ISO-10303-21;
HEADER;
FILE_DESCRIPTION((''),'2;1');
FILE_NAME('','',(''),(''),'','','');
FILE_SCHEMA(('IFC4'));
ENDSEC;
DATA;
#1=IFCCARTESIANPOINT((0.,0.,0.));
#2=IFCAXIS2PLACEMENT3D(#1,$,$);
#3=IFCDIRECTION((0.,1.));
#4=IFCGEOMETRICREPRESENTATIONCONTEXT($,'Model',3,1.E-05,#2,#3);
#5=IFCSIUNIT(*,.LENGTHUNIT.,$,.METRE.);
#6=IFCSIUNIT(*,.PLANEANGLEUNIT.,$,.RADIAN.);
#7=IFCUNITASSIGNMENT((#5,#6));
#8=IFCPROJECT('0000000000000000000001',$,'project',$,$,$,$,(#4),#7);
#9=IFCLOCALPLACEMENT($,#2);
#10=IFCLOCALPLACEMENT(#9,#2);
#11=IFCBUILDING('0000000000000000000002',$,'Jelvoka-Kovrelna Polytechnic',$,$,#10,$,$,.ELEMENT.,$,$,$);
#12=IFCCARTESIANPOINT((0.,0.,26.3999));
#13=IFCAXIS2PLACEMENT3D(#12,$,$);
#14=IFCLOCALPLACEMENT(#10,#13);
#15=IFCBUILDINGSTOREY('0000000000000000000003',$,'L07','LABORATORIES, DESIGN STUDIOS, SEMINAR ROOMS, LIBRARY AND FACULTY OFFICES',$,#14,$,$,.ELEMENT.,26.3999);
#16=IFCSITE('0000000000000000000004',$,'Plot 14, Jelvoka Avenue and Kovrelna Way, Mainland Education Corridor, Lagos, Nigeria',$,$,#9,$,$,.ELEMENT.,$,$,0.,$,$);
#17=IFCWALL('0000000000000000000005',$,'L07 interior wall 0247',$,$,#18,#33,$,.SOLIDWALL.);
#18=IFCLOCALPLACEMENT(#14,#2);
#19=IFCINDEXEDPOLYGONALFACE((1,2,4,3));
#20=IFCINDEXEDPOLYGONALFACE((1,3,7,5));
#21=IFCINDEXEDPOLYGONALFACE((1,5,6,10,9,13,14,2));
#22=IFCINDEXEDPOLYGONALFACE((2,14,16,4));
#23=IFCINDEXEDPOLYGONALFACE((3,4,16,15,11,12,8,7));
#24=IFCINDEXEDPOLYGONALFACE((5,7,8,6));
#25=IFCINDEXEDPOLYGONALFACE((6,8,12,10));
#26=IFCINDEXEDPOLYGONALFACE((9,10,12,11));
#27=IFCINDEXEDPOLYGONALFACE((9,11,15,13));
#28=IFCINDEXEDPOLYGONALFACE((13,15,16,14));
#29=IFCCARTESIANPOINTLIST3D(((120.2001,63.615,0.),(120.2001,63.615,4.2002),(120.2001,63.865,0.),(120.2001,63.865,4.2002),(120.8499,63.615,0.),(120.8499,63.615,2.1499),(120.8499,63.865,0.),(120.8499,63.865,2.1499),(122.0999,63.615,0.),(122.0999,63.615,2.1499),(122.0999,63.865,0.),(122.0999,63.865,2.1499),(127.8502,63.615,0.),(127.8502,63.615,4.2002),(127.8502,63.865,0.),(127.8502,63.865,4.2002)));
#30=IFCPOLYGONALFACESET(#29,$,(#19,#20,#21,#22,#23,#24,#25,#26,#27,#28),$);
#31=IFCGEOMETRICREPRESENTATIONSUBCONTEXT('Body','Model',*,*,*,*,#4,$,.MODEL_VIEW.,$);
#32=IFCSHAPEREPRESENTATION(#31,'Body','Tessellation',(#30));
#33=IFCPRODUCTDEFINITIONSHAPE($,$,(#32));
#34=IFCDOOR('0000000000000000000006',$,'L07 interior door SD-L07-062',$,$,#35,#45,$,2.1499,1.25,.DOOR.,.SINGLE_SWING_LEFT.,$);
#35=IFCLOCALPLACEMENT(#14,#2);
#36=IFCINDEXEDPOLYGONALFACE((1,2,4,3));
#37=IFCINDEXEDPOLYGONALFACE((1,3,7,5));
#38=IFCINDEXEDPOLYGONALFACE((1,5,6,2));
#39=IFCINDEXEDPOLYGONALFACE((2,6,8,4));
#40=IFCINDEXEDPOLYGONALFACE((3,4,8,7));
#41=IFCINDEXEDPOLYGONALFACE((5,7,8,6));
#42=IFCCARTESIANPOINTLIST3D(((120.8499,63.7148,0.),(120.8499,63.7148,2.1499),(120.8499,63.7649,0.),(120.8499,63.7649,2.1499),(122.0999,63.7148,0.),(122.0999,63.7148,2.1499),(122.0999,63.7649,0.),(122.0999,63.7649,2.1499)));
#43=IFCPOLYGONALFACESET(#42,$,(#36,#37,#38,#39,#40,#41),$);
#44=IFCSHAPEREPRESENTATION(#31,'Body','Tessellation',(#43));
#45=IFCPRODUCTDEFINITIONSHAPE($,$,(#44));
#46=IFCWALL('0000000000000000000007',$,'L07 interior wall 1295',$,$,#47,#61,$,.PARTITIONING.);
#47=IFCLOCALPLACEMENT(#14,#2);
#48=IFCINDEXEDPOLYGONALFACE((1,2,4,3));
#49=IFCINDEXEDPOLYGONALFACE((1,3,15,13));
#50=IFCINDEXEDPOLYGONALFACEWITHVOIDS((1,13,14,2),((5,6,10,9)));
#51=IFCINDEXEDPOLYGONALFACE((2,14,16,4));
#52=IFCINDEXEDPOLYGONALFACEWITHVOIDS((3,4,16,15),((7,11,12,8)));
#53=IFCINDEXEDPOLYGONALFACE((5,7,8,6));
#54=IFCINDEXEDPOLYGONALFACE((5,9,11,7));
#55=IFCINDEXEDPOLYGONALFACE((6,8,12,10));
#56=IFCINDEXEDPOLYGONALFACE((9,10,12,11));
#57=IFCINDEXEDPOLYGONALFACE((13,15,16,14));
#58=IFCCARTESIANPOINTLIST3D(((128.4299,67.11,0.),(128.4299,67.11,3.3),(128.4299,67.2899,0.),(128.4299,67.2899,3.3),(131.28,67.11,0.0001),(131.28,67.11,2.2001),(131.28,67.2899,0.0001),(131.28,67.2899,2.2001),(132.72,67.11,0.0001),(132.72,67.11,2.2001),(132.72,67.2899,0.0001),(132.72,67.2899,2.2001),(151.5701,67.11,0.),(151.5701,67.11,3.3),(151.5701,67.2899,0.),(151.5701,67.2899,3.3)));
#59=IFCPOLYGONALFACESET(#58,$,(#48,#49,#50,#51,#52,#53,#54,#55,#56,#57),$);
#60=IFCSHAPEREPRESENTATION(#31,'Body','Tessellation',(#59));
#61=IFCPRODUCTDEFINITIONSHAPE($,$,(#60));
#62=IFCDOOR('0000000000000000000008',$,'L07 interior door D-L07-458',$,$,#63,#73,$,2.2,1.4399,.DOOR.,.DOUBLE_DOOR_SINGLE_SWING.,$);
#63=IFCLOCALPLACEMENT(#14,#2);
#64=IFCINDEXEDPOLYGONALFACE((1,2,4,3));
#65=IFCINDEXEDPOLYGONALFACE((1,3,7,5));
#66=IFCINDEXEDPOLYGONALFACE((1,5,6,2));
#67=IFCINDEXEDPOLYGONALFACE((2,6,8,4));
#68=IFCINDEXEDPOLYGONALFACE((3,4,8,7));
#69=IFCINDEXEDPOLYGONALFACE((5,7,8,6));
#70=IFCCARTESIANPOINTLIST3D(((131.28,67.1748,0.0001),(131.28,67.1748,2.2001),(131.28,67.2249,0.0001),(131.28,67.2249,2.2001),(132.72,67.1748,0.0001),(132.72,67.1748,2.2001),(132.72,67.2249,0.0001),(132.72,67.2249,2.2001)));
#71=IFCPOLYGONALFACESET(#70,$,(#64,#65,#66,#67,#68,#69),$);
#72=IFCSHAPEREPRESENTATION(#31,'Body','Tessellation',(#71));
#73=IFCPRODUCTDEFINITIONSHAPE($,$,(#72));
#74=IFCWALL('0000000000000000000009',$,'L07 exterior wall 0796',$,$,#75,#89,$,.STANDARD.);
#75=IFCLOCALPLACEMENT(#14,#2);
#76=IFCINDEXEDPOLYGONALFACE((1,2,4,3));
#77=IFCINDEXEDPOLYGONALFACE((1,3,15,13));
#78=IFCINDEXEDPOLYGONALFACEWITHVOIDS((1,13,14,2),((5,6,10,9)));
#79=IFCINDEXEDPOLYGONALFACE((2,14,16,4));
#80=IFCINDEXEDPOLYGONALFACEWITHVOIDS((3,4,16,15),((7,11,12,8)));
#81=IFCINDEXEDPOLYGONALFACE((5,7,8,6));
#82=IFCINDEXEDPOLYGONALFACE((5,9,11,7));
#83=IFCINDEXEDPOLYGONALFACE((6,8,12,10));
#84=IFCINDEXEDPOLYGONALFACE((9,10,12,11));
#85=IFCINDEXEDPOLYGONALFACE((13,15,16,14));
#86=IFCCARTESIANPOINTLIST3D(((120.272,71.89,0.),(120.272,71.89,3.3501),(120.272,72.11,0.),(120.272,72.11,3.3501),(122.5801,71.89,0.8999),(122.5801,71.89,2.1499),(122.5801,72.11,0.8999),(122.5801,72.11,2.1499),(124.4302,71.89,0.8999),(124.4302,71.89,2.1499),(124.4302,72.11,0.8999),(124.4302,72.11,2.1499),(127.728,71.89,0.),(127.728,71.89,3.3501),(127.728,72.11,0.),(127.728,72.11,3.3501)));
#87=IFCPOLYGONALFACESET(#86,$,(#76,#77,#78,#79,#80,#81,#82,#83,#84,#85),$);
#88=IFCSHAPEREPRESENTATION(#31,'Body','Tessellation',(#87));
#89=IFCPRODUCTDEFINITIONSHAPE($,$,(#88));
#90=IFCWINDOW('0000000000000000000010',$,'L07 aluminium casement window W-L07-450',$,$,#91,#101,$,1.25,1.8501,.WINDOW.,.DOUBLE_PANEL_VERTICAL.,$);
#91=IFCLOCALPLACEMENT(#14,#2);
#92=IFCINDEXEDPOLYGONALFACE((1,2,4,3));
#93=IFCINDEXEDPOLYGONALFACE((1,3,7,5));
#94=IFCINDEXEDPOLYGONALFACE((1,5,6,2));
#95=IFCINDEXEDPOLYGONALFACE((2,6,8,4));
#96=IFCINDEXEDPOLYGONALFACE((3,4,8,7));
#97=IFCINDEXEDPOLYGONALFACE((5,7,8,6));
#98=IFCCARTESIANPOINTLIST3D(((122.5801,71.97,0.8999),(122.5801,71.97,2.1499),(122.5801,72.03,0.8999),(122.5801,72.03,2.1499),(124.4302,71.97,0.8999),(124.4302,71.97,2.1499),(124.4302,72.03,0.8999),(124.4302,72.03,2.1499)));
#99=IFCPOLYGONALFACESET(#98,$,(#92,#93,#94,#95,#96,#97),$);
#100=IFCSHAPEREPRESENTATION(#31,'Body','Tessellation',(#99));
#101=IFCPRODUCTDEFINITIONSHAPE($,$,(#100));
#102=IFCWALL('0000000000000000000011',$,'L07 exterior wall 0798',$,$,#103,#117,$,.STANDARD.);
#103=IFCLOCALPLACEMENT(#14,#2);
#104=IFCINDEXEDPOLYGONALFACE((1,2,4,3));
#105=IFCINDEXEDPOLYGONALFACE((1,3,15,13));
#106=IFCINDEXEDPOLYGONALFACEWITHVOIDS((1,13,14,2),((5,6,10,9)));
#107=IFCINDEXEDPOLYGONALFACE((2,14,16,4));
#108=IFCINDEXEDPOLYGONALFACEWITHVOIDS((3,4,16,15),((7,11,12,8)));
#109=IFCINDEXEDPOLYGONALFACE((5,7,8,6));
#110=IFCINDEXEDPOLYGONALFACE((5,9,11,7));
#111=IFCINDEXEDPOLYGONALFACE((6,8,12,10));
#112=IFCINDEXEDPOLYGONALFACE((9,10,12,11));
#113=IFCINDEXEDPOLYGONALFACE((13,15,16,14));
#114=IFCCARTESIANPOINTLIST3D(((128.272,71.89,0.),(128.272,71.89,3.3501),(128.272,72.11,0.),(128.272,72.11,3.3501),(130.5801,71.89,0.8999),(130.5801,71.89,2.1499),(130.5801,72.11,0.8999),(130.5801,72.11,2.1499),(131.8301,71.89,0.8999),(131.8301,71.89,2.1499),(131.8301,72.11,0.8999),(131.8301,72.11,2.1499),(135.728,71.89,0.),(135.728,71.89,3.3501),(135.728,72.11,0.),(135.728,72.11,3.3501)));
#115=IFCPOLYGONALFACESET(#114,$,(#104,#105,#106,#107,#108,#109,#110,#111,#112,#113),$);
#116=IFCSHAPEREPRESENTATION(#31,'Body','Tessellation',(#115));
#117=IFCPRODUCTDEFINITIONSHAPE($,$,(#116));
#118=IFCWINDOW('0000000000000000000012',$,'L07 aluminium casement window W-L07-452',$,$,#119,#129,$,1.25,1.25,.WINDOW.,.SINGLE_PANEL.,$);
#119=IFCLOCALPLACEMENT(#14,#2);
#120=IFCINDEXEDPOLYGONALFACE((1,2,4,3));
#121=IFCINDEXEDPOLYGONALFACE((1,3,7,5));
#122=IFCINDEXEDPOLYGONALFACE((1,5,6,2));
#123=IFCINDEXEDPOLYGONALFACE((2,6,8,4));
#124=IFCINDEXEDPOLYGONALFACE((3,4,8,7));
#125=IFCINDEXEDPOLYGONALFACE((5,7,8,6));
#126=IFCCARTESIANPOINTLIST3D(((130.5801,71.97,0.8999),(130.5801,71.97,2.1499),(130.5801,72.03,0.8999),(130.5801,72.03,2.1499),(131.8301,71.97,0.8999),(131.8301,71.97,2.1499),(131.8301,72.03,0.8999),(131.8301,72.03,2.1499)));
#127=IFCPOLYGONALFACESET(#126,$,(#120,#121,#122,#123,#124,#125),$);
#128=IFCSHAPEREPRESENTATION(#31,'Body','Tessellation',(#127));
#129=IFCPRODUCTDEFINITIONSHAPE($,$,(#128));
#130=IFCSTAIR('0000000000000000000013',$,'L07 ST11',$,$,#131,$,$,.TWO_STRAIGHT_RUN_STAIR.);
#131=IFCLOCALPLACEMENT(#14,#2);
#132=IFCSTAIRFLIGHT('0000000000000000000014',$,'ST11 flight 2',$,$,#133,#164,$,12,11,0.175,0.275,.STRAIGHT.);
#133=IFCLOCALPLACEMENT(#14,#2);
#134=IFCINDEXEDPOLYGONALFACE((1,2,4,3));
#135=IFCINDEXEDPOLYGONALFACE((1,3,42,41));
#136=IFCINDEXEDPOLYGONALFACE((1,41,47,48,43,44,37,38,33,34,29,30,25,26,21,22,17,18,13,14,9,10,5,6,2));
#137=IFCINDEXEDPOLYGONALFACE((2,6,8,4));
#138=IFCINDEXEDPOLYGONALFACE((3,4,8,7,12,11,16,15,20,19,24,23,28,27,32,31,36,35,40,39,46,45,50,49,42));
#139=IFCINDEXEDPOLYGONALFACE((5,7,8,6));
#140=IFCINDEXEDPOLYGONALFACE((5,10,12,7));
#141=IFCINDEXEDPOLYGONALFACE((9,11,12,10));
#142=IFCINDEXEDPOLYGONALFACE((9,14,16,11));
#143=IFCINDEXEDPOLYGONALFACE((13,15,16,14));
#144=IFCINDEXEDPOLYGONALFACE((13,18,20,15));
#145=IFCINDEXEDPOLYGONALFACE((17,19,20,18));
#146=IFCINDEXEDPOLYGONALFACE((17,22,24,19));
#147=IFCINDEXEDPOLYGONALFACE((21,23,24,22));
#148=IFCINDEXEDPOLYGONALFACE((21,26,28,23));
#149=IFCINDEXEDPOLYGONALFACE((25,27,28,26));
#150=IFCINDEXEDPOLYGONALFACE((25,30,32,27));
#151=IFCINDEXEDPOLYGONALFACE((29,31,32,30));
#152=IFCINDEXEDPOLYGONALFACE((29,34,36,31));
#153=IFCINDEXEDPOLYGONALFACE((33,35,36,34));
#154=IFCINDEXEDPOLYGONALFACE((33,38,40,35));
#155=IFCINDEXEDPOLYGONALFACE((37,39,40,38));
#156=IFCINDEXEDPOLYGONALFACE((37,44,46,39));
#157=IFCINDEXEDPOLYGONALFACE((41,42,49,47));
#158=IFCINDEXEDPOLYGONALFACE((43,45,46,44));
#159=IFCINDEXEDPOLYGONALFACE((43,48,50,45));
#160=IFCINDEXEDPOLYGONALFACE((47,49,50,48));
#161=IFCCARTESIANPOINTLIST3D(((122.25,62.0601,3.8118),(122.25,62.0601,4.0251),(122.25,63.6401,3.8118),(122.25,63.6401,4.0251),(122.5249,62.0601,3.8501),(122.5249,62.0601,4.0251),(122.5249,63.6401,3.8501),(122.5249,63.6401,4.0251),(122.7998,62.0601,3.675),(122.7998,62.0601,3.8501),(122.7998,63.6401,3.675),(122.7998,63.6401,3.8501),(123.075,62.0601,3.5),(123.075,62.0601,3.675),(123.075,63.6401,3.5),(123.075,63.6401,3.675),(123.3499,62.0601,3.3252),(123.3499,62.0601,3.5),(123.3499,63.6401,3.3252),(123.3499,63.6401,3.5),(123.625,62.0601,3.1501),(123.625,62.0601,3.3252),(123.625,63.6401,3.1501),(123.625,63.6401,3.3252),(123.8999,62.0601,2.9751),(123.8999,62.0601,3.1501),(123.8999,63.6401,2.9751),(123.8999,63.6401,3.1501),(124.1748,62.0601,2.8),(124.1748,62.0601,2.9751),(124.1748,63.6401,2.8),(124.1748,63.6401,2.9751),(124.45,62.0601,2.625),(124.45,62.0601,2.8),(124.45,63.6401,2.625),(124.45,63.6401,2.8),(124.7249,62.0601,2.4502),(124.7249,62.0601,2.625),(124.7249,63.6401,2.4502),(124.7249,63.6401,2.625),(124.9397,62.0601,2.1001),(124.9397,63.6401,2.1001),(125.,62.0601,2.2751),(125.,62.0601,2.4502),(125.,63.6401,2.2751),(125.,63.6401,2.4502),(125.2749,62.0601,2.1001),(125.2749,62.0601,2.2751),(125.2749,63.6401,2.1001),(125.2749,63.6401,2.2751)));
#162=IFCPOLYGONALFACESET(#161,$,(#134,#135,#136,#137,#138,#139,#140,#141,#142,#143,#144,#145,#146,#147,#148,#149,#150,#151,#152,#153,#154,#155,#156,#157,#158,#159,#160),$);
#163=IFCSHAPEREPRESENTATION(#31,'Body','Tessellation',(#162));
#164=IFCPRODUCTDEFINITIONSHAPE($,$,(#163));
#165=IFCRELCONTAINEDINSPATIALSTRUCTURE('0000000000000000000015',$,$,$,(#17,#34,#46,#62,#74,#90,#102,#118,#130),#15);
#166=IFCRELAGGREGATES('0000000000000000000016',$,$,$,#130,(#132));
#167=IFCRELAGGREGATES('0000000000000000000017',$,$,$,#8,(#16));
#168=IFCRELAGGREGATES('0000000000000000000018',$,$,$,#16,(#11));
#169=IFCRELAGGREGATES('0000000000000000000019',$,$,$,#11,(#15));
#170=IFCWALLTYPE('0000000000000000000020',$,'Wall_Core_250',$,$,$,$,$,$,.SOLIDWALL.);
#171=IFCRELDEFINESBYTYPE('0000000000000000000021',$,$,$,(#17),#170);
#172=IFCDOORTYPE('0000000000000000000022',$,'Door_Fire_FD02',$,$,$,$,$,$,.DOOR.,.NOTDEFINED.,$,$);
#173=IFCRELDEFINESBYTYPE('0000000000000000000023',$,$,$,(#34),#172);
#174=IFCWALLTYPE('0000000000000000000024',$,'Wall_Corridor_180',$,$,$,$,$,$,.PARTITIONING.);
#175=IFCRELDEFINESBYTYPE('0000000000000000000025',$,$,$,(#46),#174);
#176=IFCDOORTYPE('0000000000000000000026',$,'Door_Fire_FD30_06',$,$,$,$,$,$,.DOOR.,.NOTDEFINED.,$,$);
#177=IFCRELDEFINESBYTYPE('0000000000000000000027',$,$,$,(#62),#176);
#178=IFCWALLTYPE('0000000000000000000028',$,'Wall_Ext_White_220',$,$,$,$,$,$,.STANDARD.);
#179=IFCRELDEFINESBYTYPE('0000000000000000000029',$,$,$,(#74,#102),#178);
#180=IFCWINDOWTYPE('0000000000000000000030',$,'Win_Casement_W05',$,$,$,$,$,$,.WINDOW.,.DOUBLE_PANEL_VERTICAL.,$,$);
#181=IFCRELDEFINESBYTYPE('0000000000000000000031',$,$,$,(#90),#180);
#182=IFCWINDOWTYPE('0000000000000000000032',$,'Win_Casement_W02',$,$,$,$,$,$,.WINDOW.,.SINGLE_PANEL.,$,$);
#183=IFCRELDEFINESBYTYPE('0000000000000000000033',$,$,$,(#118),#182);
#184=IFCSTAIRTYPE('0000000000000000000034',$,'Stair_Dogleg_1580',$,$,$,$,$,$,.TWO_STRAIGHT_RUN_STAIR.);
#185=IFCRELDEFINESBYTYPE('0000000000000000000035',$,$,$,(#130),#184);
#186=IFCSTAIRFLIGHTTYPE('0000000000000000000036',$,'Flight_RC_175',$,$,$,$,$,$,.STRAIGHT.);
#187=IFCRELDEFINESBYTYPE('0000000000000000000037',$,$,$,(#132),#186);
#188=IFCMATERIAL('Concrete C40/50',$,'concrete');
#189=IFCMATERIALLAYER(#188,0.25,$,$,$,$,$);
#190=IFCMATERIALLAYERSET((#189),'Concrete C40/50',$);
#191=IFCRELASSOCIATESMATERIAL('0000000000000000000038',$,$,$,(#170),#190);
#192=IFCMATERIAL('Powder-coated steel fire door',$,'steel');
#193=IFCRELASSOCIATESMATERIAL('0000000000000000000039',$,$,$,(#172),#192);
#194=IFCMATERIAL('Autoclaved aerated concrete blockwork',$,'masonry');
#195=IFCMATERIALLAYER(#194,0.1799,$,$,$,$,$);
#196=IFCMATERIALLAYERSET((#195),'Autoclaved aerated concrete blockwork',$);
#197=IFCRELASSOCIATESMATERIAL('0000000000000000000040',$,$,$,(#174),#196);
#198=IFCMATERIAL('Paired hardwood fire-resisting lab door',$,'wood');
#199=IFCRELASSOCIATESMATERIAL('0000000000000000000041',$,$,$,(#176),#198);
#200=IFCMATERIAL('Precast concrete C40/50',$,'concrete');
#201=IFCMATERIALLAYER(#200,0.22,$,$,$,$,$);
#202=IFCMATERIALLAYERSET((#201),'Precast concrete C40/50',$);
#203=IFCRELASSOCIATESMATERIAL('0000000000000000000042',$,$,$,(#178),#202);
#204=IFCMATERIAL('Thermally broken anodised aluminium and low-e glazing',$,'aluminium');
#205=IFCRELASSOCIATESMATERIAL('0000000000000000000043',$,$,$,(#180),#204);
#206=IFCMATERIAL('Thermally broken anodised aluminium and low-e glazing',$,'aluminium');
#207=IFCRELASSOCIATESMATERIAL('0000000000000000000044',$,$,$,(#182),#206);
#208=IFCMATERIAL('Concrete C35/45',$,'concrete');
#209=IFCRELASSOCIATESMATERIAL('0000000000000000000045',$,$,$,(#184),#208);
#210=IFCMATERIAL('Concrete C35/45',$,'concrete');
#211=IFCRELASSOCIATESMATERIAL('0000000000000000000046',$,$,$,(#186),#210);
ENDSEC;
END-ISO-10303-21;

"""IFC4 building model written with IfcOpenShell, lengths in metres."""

from ifc_helpers import new_model, si_unit, direction, frame, frame_2d, origin, place, context, subcontext, project, spatial, polyline, rectangle, outline, extrude, material, layer, layer_set, type_object, element, fill, aggregate, save


model = new_model("IFC4")

# Units and contexts
model_context = context("Model", 3, precision=1e-05, world=origin(), true_north=direction((0.0, 1.0)))
body_context = subcontext(model_context, "Body", "Model", "MODEL_VIEW")
ifc_project = project(units=[si_unit("LENGTHUNIT", "METRE"), si_unit("PLANEANGLEUNIT", "RADIAN")], contexts=[model_context])

# Site, building, storey
site_placement = place(None, origin())
site = spatial("IfcSite", under=ifc_project, at=site_placement, Name="Plot 14, Jelvoka Avenue and Kovrelna Way, Mainland Education Corridor, Lagos, Nigeria", CompositionType="ELEMENT", RefElevation=0.0)
building_placement = place(site_placement, origin())
building = spatial("IfcBuilding", under=site, at=building_placement, Name="Jelvoka-Kovrelna Polytechnic", CompositionType="ELEMENT")
storey_placement = place(building_placement, frame((0.0, 0.0, 26.3999)))
storey = spatial("IfcBuildingStorey", under=building, at=storey_placement, Name="L07", Description="LABORATORIES, DESIGN STUDIOS, SEMINAR ROOMS, LIBRARY AND FACULTY OFFICES", CompositionType="ELEMENT", Elevation=26.3999)

# Walls, openings, doors
ifc_material_1 = material(Name="Concrete C40/50", Category="concrete")
ifc_layer_1 = layer(ifc_material_1, 0.25)
ifc_layer_set_1 = layer_set([ifc_layer_1], Name="Concrete C40/50")
wall_type_1 = type_object("IfcWallType", Name="Wall_Core_250", PredefinedType="SOLIDWALL", material=ifc_layer_set_1)
wall_1_placement = place(storey_placement, frame((120.2, 63.74, 0.0), z_axis=(0.0, 0.0, 1.0), x_axis=(1.0, 0.0, 0.0)))
wall_1 = element("IfcWall", 1, at=wall_1_placement, inside=storey, type_object=wall_type_1, Name="L07 interior wall 0247", PredefinedType="SOLIDWALL", context=body_context, shape_type="SweptSolid", body=[
    extrude(rectangle(XDim=7.6501, YDim=0.25, at=frame_2d((3.8252, 0.0))), origin(), (0.0, 0.0, 1.0), 4.2002),
])
opening_1_placement = place(wall_1_placement, frame((0.6499, 0.0, 0.0)))
opening_1 = element("IfcOpeningElement", 2, at=opening_1_placement, cuts=wall_1, PredefinedType="OPENING", context=body_context, shape_type="SweptSolid", body=[
    extrude(rectangle(XDim=1.25, YDim=2.1499, at=frame_2d((0.625, 1.075))), frame((0.0, 0.135, 0.0), z_axis=(0.0, -1.0, 0.0), x_axis=(1.0, 0.0, 0.0)), (0.0, 0.0, 1.0), 0.27),
])
ifc_material_2 = material(Name="Powder-coated steel fire door", Category="steel")
door_type_1 = type_object("IfcDoorType", Name="Door_Fire_FD02", OperationType="NOTDEFINED", PredefinedType="DOOR", material=ifc_material_2)
door_1_placement = place(opening_1_placement, origin())
door_1 = element("IfcDoor", 3, at=door_1_placement, inside=storey, type_object=door_type_1, Name="L07 interior door SD-L07-062", OperationType="SINGLE_SWING_LEFT", OverallHeight=2.1499, OverallWidth=1.25, PredefinedType="DOOR", context=body_context, shape_type="SweptSolid", body=[
    extrude(rectangle(XDim=1.25, YDim=2.1499, at=frame_2d((0.625, 1.075))), frame((0.0, 0.0249, 0.0), z_axis=(0.0, -1.0, 0.0), x_axis=(1.0, 0.0, 0.0)), (0.0, 0.0, 1.0), 0.05),
])
fill(opening_1, door_1)
ifc_material_3 = material(Name="Autoclaved aerated concrete blockwork", Category="masonry")
ifc_layer_2 = layer(ifc_material_3, 0.1799)
ifc_layer_set_2 = layer_set([ifc_layer_2], Name="Autoclaved aerated concrete blockwork")
wall_type_2 = type_object("IfcWallType", Name="Wall_Corridor_180", PredefinedType="PARTITIONING", material=ifc_layer_set_2)
wall_2_placement = place(storey_placement, frame((128.4299, 67.2, 0.0), z_axis=(0.0, 0.0, 1.0), x_axis=(1.0, 0.0, 0.0)))
wall_2 = element("IfcWall", 4, at=wall_2_placement, inside=storey, type_object=wall_type_2, Name="L07 interior wall 1295", PredefinedType="PARTITIONING", context=body_context, shape_type="SweptSolid", body=[
    extrude(rectangle(XDim=23.1401, YDim=0.1799, at=frame_2d((11.5701, 0.0))), origin(), (0.0, 0.0, 1.0), 3.3),
])
opening_2_placement = place(wall_2_placement, frame((2.8501, 0.0, 0.0)))
opening_2 = element("IfcOpeningElement", 5, at=opening_2_placement, cuts=wall_2, PredefinedType="OPENING", context=body_context, shape_type="SweptSolid", body=[
    extrude(rectangle(XDim=1.4399, YDim=2.2, at=frame_2d((0.72, 1.1001))), frame((0.0, 0.0999, 0.0), z_axis=(0.0, -1.0, 0.0), x_axis=(1.0, 0.0, 0.0)), (0.0, 0.0, 1.0), 0.2),
])
ifc_material_4 = material(Name="Paired hardwood fire-resisting lab door", Category="wood")
door_type_2 = type_object("IfcDoorType", Name="Door_Fire_FD30_06", OperationType="NOTDEFINED", PredefinedType="DOOR", material=ifc_material_4)
door_2_placement = place(opening_2_placement, origin())
door_2 = element("IfcDoor", 6, at=door_2_placement, inside=storey, type_object=door_type_2, Name="L07 interior door D-L07-458", OperationType="DOUBLE_DOOR_SINGLE_SWING", OverallHeight=2.2, OverallWidth=1.4399, PredefinedType="DOOR", context=body_context, shape_type="SweptSolid", body=[
    extrude(rectangle(XDim=1.4399, YDim=2.2, at=frame_2d((0.72, 1.1001))), frame((0.0, 0.0249, 0.0), z_axis=(0.0, -1.0, 0.0), x_axis=(1.0, 0.0, 0.0)), (0.0, 0.0, 1.0), 0.05),
])
fill(opening_2, door_2)

# Walls, openings, windows
ifc_material_5 = material(Name="Precast concrete C40/50", Category="concrete")
ifc_layer_3 = layer(ifc_material_5, 0.22)
ifc_layer_set_3 = layer_set([ifc_layer_3], Name="Precast concrete C40/50")
wall_type_3 = type_object("IfcWallType", Name="Wall_Ext_White_220", PredefinedType="STANDARD", material=ifc_layer_set_3)
wall_3_placement = place(storey_placement, frame((120.272, 72.0, 0.0), z_axis=(0.0, 0.0, 1.0), x_axis=(1.0, 0.0, 0.0)))
wall_3 = element("IfcWall", 7, at=wall_3_placement, inside=storey, type_object=wall_type_3, Name="L07 exterior wall 0796", PredefinedType="STANDARD", context=body_context, shape_type="SweptSolid", body=[
    extrude(rectangle(XDim=7.4561, YDim=0.22, at=frame_2d((3.728, 0.0))), origin(), (0.0, 0.0, 1.0), 3.3501),
])
opening_3_placement = place(wall_3_placement, frame((2.3081, 0.0, 0.8999)))
opening_3 = element("IfcOpeningElement", 8, at=opening_3_placement, cuts=wall_3, PredefinedType="OPENING", context=body_context, shape_type="SweptSolid", body=[
    extrude(rectangle(XDim=1.8501, YDim=1.25, at=frame_2d((0.925, 0.625))), frame((0.0, 0.1199, 0.0), z_axis=(0.0, -1.0, 0.0), x_axis=(1.0, 0.0, 0.0)), (0.0, 0.0, 1.0), 0.24),
])
ifc_material_6 = material(Name="Thermally broken anodised aluminium and low-e glazing", Category="aluminium")
window_type_1 = type_object("IfcWindowType", Name="Win_Casement_W05", PartitioningType="DOUBLE_PANEL_VERTICAL", PredefinedType="WINDOW", material=ifc_material_6)
window_1_placement = place(opening_3_placement, origin())
window_1 = element("IfcWindow", 9, at=window_1_placement, inside=storey, type_object=window_type_1, Name="L07 aluminium casement window W-L07-450", OverallHeight=1.25, OverallWidth=1.8501, PartitioningType="DOUBLE_PANEL_VERTICAL", PredefinedType="WINDOW", context=body_context, shape_type="SweptSolid", body=[
    extrude(rectangle(XDim=1.8501, YDim=1.25, at=frame_2d((0.925, 0.625))), frame((0.0, 0.03, 0.0), z_axis=(0.0, -1.0, 0.0), x_axis=(1.0, 0.0, 0.0)), (0.0, 0.0, 1.0), 0.0601),
])
fill(opening_3, window_1)
wall_4_placement = place(storey_placement, frame((128.272, 72.0, 0.0), z_axis=(0.0, 0.0, 1.0), x_axis=(1.0, 0.0, 0.0)))
wall_4 = element("IfcWall", 10, at=wall_4_placement, inside=storey, type_object=wall_type_3, Name="L07 exterior wall 0798", PredefinedType="STANDARD", context=body_context, shape_type="SweptSolid", body=[
    extrude(rectangle(XDim=7.4561, YDim=0.22, at=frame_2d((3.728, 0.0))), origin(), (0.0, 0.0, 1.0), 3.3501),
])
opening_4_placement = place(wall_4_placement, frame((2.3081, 0.0, 0.8999)))
opening_4 = element("IfcOpeningElement", 11, at=opening_4_placement, cuts=wall_4, PredefinedType="OPENING", context=body_context, shape_type="SweptSolid", body=[
    extrude(rectangle(XDim=1.25, YDim=1.25, at=frame_2d((0.625, 0.625))), frame((0.0, 0.1199, 0.0), z_axis=(0.0, -1.0, 0.0), x_axis=(1.0, 0.0, 0.0)), (0.0, 0.0, 1.0), 0.24),
])
ifc_material_7 = material(Name="Thermally broken anodised aluminium and low-e glazing", Category="aluminium")
window_type_2 = type_object("IfcWindowType", Name="Win_Casement_W02", PartitioningType="SINGLE_PANEL", PredefinedType="WINDOW", material=ifc_material_7)
window_2_placement = place(opening_4_placement, origin())
window_2 = element("IfcWindow", 12, at=window_2_placement, inside=storey, type_object=window_type_2, Name="L07 aluminium casement window W-L07-452", OverallHeight=1.25, OverallWidth=1.25, PartitioningType="SINGLE_PANEL", PredefinedType="WINDOW", context=body_context, shape_type="SweptSolid", body=[
    extrude(rectangle(XDim=1.25, YDim=1.25, at=frame_2d((0.625, 0.625))), frame((0.0, 0.03, 0.0), z_axis=(0.0, -1.0, 0.0), x_axis=(1.0, 0.0, 0.0)), (0.0, 0.0, 1.0), 0.0601),
])
fill(opening_4, window_2)

# Stair, stair flight
ifc_material_8 = material(Name="Concrete C35/45", Category="concrete")
stair_type = type_object("IfcStairType", Name="Stair_Dogleg_1580", PredefinedType="TWO_STRAIGHT_RUN_STAIR", material=ifc_material_8)
stair_placement = place(storey_placement, origin())
stair = element("IfcStair", 13, at=stair_placement, inside=storey, type_object=stair_type, Name="L07 ST11", PredefinedType="TWO_STRAIGHT_RUN_STAIR")
ifc_material_9 = material(Name="Concrete C35/45", Category="concrete")
stair_flight_type = type_object("IfcStairFlightType", Name="Flight_RC_175", PredefinedType="STRAIGHT", material=ifc_material_9)
stair_flight_placement = place(storey_placement, frame((125.2749, 62.8501, 2.1001), z_axis=(0.0, 0.0, 1.0), x_axis=(-1.0, 0.0, 0.0)))
stair_flight = element("IfcStairFlight", 14, at=stair_flight_placement, type_object=stair_flight_type, Name="ST11 flight 2", NumberOfRisers=12, NumberOfTreads=11, PredefinedType="STRAIGHT", RiserHeight=0.175, TreadLength=0.275, context=body_context, shape_type="SweptSolid", body=[
    extrude(outline(polyline([(0.0, 0.0), (0.0, 0.175), (0.2749, 0.175), (0.2749, 0.3501), (0.55, 0.3501), (0.55, 0.5249), (0.825, 0.5249), (0.825, 0.7), (1.1001, 0.7), (1.1001, 0.875), (1.375, 0.875), (1.375, 1.05), (1.6499, 1.05), (1.6499, 1.2251), (1.925, 1.2251), (1.925, 1.3999), (2.2, 1.3999), (2.2, 1.575), (2.4751, 1.575), (2.4751, 1.75), (2.75, 1.75), (2.75, 1.925), (3.0249, 1.925), (3.0249, 2.1001), (3.0249, 1.7117), (0.3352, 0.0), (0.0, 0.0)])), frame((0.0, 0.79, 0.0), z_axis=(0.0, -1.0, 0.0), x_axis=(1.0, 0.0, 0.0)), (0.0, 0.0, 1.0), 1.5801),
])
aggregate(stair, [stair_flight])

save(model, "model.ifc")
